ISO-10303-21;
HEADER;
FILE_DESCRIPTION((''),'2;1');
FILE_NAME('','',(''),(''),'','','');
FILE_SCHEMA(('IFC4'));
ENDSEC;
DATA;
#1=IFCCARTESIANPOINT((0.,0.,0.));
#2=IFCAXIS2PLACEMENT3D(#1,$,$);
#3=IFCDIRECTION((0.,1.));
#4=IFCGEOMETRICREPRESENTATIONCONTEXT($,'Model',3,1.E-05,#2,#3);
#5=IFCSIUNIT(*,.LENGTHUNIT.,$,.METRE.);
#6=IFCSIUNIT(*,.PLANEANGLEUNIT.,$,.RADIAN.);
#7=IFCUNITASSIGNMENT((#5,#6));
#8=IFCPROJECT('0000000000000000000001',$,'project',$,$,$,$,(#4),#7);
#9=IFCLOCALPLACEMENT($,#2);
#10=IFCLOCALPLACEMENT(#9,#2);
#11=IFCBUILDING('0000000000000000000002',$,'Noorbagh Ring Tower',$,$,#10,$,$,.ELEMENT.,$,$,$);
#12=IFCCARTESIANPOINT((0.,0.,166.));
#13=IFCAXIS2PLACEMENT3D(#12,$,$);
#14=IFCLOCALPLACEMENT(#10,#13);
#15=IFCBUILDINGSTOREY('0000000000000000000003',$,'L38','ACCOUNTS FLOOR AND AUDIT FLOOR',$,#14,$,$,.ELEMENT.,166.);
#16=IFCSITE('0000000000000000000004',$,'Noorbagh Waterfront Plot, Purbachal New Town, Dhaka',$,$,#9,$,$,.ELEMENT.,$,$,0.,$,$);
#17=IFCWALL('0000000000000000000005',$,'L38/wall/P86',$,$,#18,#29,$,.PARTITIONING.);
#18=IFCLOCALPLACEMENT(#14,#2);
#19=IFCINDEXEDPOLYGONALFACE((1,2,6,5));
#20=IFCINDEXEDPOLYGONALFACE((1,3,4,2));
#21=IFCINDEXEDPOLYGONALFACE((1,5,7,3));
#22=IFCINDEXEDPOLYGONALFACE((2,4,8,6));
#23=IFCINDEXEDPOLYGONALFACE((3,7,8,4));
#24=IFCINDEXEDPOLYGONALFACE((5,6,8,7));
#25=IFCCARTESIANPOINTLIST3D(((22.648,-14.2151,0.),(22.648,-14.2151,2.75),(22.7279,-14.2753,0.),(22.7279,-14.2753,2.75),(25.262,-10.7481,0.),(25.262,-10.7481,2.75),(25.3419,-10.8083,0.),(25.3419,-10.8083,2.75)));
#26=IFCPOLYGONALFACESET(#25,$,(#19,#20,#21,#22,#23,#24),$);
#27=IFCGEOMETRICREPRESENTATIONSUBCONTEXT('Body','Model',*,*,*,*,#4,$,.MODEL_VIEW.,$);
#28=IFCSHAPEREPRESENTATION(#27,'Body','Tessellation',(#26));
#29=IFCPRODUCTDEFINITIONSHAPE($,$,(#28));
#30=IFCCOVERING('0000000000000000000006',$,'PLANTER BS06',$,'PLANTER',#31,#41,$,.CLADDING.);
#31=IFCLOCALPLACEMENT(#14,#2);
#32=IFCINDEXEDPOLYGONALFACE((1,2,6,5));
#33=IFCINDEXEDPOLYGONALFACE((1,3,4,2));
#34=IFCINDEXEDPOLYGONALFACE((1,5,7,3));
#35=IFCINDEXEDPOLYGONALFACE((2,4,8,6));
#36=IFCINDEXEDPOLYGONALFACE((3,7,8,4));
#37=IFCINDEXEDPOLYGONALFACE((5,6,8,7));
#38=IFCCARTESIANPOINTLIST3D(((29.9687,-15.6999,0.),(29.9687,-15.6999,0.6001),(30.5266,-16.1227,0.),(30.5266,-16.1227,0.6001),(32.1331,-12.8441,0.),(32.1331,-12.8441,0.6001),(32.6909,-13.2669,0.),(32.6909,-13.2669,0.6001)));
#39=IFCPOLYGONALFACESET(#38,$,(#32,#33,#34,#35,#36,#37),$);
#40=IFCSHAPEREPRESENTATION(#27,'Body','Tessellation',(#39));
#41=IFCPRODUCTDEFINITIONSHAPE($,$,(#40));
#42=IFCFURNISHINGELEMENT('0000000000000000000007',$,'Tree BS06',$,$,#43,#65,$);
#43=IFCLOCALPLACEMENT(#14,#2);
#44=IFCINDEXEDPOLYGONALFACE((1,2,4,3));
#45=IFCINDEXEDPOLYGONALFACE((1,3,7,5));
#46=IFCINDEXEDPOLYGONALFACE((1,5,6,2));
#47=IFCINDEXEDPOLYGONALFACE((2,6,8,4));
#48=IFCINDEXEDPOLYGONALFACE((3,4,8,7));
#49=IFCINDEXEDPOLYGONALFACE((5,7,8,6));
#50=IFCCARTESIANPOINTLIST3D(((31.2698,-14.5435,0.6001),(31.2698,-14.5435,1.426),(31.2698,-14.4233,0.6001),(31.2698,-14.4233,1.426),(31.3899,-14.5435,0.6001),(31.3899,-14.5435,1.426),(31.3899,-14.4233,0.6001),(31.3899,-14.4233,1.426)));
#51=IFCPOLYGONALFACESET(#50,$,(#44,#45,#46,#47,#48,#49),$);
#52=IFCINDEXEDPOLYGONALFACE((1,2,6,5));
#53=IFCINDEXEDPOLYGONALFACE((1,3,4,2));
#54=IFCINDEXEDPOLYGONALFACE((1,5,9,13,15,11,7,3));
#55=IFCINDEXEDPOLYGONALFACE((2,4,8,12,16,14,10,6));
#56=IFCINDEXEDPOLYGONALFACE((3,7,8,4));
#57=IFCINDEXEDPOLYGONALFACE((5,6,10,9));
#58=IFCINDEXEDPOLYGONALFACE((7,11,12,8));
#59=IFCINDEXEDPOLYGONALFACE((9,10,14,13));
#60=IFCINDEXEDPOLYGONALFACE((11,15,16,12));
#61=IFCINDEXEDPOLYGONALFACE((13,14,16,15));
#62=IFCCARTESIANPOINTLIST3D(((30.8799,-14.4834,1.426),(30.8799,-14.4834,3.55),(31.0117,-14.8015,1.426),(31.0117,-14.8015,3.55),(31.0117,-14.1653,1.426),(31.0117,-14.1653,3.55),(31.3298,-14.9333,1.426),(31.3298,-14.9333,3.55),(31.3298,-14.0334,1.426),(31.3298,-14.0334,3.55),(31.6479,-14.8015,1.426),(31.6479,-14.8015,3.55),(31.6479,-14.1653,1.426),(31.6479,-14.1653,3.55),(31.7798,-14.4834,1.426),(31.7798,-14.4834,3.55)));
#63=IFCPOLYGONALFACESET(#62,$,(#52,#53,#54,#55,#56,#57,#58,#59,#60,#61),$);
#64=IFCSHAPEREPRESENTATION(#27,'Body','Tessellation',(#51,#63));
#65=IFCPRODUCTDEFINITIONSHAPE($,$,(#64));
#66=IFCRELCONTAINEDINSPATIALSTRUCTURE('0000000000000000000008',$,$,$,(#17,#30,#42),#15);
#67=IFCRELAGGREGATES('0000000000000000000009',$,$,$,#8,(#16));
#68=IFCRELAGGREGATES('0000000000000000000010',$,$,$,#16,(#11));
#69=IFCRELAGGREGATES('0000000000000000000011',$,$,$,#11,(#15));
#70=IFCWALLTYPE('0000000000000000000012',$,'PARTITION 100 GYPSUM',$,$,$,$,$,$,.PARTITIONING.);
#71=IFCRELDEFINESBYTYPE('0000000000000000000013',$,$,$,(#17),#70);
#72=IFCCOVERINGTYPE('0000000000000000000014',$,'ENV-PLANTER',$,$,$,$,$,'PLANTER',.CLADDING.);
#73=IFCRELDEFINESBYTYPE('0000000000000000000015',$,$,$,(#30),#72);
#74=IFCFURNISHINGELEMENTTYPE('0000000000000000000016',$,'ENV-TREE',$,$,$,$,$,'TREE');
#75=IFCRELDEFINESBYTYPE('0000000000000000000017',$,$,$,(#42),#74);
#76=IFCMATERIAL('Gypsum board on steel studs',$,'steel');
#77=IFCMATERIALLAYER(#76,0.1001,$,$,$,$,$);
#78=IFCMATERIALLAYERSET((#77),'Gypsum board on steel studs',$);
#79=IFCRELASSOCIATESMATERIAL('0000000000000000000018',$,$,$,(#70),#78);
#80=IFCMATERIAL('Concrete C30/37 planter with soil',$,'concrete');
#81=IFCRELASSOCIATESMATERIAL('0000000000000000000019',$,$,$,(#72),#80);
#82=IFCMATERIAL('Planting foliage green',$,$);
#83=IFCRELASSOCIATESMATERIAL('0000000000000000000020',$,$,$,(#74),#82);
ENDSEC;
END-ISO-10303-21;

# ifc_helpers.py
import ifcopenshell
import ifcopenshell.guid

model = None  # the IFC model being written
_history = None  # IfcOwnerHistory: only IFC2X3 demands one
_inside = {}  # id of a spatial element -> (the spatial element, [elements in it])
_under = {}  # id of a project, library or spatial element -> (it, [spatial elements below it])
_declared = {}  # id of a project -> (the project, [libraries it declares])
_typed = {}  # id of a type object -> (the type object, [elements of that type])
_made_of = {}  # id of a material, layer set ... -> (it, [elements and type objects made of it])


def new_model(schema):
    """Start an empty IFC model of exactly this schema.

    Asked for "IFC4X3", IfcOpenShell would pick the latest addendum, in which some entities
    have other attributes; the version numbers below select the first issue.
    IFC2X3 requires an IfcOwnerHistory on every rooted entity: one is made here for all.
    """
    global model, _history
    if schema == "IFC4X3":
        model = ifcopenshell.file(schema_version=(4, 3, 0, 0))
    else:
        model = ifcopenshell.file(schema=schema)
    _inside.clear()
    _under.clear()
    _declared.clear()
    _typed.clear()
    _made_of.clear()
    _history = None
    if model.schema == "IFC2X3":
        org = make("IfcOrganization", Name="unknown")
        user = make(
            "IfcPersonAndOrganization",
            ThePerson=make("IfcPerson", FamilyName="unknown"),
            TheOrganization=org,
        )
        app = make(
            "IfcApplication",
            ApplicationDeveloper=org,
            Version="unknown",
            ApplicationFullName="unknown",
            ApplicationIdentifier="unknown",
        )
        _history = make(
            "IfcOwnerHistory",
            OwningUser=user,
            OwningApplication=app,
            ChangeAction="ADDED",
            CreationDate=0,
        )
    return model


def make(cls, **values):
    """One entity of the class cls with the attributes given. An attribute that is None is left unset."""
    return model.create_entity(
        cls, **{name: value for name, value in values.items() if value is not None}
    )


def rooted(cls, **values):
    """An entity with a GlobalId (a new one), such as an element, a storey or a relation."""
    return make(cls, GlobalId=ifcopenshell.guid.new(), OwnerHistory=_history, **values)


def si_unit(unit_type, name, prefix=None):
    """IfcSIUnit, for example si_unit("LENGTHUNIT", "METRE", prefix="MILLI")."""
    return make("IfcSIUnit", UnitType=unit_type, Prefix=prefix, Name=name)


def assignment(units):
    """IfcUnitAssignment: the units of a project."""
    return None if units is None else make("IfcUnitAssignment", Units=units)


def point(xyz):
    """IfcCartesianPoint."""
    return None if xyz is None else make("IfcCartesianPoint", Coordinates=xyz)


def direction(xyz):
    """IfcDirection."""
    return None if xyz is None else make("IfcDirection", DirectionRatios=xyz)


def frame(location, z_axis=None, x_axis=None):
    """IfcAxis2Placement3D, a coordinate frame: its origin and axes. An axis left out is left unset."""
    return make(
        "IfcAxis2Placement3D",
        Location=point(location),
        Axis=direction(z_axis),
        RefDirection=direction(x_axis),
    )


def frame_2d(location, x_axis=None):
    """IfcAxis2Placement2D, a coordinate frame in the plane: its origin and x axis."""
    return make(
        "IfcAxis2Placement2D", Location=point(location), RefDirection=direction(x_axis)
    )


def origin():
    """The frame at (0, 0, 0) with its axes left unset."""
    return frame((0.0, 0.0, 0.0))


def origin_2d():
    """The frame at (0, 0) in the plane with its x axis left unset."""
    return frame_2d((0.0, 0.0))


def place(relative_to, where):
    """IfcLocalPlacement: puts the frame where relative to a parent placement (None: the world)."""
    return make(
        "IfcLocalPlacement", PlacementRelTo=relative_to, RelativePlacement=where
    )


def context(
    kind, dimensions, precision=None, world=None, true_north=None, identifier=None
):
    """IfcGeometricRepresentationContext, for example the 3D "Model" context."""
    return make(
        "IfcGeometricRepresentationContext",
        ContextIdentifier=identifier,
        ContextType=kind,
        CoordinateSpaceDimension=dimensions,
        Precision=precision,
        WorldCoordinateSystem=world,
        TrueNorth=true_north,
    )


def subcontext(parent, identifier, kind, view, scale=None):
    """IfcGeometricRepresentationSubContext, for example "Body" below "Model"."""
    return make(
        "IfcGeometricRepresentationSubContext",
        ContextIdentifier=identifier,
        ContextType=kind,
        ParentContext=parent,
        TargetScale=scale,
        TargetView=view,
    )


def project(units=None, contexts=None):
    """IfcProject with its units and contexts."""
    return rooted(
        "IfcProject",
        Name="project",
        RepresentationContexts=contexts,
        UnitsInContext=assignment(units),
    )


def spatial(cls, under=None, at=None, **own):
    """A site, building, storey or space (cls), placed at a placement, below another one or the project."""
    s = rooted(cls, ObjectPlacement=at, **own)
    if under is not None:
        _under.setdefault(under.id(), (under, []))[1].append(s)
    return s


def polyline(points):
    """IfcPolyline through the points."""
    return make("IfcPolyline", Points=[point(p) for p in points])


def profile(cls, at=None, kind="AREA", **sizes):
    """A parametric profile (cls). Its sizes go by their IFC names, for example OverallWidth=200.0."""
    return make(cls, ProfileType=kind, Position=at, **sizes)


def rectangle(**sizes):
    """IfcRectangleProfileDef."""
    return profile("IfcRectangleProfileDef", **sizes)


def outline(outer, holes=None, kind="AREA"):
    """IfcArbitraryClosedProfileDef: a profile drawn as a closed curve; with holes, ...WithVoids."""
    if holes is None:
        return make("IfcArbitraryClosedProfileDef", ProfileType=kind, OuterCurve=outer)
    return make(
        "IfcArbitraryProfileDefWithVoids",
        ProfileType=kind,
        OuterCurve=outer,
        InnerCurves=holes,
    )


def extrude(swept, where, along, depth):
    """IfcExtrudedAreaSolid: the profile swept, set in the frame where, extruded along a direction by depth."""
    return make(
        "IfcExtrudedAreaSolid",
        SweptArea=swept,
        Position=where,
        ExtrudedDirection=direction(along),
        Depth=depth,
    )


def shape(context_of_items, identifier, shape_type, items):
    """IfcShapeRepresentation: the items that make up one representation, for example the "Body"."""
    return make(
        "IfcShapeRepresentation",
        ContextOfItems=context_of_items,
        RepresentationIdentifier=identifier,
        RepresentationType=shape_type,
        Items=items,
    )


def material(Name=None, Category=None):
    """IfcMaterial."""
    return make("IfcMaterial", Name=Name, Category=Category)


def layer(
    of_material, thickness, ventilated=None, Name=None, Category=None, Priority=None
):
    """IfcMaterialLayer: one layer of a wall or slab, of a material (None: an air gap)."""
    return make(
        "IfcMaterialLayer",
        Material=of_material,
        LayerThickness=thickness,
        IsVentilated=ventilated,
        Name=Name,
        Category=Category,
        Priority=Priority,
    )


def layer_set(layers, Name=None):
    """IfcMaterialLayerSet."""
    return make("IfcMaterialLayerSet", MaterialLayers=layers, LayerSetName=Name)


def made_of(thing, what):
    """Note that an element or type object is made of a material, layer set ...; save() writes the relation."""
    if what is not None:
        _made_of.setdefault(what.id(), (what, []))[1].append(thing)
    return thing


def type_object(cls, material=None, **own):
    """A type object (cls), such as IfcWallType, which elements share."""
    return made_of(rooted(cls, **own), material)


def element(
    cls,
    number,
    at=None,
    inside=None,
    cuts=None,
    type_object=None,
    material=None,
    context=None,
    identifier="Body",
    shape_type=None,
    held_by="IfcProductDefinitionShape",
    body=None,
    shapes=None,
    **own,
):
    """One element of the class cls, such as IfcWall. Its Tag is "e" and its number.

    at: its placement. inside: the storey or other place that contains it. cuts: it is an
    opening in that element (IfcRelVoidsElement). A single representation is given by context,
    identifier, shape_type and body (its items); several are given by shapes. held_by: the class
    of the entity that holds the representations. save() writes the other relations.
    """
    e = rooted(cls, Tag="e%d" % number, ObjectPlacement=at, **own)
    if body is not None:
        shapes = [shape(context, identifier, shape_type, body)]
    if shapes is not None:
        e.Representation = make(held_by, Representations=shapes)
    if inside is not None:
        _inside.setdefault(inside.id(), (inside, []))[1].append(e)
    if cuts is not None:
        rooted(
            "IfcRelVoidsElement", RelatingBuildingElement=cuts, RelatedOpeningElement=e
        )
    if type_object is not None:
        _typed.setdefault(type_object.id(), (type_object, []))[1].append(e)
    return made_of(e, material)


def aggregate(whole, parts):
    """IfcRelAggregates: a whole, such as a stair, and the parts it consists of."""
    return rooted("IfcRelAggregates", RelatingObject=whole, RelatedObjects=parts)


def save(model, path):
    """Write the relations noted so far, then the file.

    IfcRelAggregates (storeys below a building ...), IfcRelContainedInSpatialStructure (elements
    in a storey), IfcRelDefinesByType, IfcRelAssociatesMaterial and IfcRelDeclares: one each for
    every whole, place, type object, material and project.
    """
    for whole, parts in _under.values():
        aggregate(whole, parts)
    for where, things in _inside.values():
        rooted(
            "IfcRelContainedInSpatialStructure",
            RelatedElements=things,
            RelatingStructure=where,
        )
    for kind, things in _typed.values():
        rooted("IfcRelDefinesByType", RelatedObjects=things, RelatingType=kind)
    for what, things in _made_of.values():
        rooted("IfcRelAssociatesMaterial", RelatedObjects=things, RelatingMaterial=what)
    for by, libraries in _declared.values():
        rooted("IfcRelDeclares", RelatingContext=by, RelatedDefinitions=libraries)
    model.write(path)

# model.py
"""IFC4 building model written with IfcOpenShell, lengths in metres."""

from ifc_helpers import new_model, si_unit, direction, frame, frame_2d, origin, origin_2d, place, context, subcontext, project, spatial, polyline, rectangle, outline, extrude, material, layer, layer_set, type_object, element, save


model = new_model("IFC4")

# Units and contexts
model_context = context("Model", 3, precision=1e-05, world=origin(), true_north=direction((0.0, 1.0)))
body_context = subcontext(model_context, "Body", "Model", "MODEL_VIEW")
ifc_project = project(units=[si_unit("LENGTHUNIT", "METRE"), si_unit("PLANEANGLEUNIT", "RADIAN")], contexts=[model_context])

# Site, building, storey
site_placement = place(None, origin())
site = spatial("IfcSite", under=ifc_project, at=site_placement, Name="Noorbagh Waterfront Plot, Purbachal New Town, Dhaka", CompositionType="ELEMENT", RefElevation=0.0)
building_placement = place(site_placement, origin())
building = spatial("IfcBuilding", under=site, at=building_placement, Name="Noorbagh Ring Tower", CompositionType="ELEMENT")
storey_placement = place(building_placement, frame((0.0, 0.0, 166.0)))
storey = spatial("IfcBuildingStorey", under=building, at=storey_placement, Name="L38", Description="ACCOUNTS FLOOR AND AUDIT FLOOR", CompositionType="ELEMENT", Elevation=166.0)

# Wall
ifc_material_1 = material(Name="Gypsum board on steel studs", Category="steel")
ifc_layer_1 = layer(ifc_material_1, 0.1001)
ifc_layer_set_1 = layer_set([ifc_layer_1], Name="Gypsum board on steel studs")
wall_type_1 = type_object("IfcWallType", Name="PARTITION 100 GYPSUM", PredefinedType="PARTITIONING", material=ifc_layer_set_1)
wall_1_placement = place(storey_placement, frame((22.688, -14.2451, 0.0), z_axis=(0.0, 0.0, 1.0), x_axis=(0.602022, 0.798479, 0.0)))
element("IfcWall", 1, at=wall_1_placement, inside=storey, type_object=wall_type_1, Name="L38/wall/P86", PredefinedType="PARTITIONING", context=body_context, shape_type="SweptSolid", body=[
    extrude(rectangle(XDim=4.342, YDim=0.1001, at=frame_2d((2.1709, 0.0))), origin(), (0.0, 0.0, 1.0), 2.75),
])

# Covering
ifc_material_2 = material(Name="Concrete C30/37 planter with soil", Category="concrete")
covering_type = type_object("IfcCoveringType", Name="ENV-PLANTER", ElementType="PLANTER", PredefinedType="CLADDING", material=ifc_material_2)
covering_placement = place(storey_placement, frame((31.3298, -14.4834, 0.0), z_axis=(0.0, 0.0, 1.0), x_axis=(0.60402, 0.796969, 0.0)))
element("IfcCovering", 2, at=covering_placement, inside=storey, type_object=covering_type, Name="PLANTER BS06", ObjectType="PLANTER", PredefinedType="CLADDING", context=body_context, shape_type="SweptSolid", body=[
    extrude(rectangle(XDim=3.5833, YDim=0.7, at=origin_2d()), origin(), (0.0, 0.0, 1.0), 0.6001),
])

# Furnishing element
ifc_material_3 = material(Name="Planting foliage green")
furnishing_element_type = type_object("IfcFurnishingElementType", Name="ENV-TREE", ElementType="TREE", material=ifc_material_3)
furnishing_placement = place(storey_placement, frame((31.3298, -14.4834, 0.6001), z_axis=(0.0, 0.0, 1.0), x_axis=(1.0, 0.0, 0.0)))
element("IfcFurnishingElement", 3, at=furnishing_placement, inside=storey, type_object=furnishing_element_type, Name="Tree BS06", context=body_context, shape_type="SweptSolid", body=[
    extrude(rectangle(XDim=0.1201, YDim=0.1201, at=origin_2d()), origin(), (0.0, 0.0, 1.0), 0.8259),
    extrude(outline(polyline([(0.45, 0.0), (0.3181, 0.3181), (0.0, 0.45), (-0.3181, 0.3181), (-0.45, 0.0), (-0.3181, -0.3181), (0.0, -0.45), (0.3181, -0.3181), (0.45, 0.0)])), frame((0.0, 0.0, 0.8259)), (0.0, 0.0, 1.0), 2.124),
])

save(model, "model.ifc")
